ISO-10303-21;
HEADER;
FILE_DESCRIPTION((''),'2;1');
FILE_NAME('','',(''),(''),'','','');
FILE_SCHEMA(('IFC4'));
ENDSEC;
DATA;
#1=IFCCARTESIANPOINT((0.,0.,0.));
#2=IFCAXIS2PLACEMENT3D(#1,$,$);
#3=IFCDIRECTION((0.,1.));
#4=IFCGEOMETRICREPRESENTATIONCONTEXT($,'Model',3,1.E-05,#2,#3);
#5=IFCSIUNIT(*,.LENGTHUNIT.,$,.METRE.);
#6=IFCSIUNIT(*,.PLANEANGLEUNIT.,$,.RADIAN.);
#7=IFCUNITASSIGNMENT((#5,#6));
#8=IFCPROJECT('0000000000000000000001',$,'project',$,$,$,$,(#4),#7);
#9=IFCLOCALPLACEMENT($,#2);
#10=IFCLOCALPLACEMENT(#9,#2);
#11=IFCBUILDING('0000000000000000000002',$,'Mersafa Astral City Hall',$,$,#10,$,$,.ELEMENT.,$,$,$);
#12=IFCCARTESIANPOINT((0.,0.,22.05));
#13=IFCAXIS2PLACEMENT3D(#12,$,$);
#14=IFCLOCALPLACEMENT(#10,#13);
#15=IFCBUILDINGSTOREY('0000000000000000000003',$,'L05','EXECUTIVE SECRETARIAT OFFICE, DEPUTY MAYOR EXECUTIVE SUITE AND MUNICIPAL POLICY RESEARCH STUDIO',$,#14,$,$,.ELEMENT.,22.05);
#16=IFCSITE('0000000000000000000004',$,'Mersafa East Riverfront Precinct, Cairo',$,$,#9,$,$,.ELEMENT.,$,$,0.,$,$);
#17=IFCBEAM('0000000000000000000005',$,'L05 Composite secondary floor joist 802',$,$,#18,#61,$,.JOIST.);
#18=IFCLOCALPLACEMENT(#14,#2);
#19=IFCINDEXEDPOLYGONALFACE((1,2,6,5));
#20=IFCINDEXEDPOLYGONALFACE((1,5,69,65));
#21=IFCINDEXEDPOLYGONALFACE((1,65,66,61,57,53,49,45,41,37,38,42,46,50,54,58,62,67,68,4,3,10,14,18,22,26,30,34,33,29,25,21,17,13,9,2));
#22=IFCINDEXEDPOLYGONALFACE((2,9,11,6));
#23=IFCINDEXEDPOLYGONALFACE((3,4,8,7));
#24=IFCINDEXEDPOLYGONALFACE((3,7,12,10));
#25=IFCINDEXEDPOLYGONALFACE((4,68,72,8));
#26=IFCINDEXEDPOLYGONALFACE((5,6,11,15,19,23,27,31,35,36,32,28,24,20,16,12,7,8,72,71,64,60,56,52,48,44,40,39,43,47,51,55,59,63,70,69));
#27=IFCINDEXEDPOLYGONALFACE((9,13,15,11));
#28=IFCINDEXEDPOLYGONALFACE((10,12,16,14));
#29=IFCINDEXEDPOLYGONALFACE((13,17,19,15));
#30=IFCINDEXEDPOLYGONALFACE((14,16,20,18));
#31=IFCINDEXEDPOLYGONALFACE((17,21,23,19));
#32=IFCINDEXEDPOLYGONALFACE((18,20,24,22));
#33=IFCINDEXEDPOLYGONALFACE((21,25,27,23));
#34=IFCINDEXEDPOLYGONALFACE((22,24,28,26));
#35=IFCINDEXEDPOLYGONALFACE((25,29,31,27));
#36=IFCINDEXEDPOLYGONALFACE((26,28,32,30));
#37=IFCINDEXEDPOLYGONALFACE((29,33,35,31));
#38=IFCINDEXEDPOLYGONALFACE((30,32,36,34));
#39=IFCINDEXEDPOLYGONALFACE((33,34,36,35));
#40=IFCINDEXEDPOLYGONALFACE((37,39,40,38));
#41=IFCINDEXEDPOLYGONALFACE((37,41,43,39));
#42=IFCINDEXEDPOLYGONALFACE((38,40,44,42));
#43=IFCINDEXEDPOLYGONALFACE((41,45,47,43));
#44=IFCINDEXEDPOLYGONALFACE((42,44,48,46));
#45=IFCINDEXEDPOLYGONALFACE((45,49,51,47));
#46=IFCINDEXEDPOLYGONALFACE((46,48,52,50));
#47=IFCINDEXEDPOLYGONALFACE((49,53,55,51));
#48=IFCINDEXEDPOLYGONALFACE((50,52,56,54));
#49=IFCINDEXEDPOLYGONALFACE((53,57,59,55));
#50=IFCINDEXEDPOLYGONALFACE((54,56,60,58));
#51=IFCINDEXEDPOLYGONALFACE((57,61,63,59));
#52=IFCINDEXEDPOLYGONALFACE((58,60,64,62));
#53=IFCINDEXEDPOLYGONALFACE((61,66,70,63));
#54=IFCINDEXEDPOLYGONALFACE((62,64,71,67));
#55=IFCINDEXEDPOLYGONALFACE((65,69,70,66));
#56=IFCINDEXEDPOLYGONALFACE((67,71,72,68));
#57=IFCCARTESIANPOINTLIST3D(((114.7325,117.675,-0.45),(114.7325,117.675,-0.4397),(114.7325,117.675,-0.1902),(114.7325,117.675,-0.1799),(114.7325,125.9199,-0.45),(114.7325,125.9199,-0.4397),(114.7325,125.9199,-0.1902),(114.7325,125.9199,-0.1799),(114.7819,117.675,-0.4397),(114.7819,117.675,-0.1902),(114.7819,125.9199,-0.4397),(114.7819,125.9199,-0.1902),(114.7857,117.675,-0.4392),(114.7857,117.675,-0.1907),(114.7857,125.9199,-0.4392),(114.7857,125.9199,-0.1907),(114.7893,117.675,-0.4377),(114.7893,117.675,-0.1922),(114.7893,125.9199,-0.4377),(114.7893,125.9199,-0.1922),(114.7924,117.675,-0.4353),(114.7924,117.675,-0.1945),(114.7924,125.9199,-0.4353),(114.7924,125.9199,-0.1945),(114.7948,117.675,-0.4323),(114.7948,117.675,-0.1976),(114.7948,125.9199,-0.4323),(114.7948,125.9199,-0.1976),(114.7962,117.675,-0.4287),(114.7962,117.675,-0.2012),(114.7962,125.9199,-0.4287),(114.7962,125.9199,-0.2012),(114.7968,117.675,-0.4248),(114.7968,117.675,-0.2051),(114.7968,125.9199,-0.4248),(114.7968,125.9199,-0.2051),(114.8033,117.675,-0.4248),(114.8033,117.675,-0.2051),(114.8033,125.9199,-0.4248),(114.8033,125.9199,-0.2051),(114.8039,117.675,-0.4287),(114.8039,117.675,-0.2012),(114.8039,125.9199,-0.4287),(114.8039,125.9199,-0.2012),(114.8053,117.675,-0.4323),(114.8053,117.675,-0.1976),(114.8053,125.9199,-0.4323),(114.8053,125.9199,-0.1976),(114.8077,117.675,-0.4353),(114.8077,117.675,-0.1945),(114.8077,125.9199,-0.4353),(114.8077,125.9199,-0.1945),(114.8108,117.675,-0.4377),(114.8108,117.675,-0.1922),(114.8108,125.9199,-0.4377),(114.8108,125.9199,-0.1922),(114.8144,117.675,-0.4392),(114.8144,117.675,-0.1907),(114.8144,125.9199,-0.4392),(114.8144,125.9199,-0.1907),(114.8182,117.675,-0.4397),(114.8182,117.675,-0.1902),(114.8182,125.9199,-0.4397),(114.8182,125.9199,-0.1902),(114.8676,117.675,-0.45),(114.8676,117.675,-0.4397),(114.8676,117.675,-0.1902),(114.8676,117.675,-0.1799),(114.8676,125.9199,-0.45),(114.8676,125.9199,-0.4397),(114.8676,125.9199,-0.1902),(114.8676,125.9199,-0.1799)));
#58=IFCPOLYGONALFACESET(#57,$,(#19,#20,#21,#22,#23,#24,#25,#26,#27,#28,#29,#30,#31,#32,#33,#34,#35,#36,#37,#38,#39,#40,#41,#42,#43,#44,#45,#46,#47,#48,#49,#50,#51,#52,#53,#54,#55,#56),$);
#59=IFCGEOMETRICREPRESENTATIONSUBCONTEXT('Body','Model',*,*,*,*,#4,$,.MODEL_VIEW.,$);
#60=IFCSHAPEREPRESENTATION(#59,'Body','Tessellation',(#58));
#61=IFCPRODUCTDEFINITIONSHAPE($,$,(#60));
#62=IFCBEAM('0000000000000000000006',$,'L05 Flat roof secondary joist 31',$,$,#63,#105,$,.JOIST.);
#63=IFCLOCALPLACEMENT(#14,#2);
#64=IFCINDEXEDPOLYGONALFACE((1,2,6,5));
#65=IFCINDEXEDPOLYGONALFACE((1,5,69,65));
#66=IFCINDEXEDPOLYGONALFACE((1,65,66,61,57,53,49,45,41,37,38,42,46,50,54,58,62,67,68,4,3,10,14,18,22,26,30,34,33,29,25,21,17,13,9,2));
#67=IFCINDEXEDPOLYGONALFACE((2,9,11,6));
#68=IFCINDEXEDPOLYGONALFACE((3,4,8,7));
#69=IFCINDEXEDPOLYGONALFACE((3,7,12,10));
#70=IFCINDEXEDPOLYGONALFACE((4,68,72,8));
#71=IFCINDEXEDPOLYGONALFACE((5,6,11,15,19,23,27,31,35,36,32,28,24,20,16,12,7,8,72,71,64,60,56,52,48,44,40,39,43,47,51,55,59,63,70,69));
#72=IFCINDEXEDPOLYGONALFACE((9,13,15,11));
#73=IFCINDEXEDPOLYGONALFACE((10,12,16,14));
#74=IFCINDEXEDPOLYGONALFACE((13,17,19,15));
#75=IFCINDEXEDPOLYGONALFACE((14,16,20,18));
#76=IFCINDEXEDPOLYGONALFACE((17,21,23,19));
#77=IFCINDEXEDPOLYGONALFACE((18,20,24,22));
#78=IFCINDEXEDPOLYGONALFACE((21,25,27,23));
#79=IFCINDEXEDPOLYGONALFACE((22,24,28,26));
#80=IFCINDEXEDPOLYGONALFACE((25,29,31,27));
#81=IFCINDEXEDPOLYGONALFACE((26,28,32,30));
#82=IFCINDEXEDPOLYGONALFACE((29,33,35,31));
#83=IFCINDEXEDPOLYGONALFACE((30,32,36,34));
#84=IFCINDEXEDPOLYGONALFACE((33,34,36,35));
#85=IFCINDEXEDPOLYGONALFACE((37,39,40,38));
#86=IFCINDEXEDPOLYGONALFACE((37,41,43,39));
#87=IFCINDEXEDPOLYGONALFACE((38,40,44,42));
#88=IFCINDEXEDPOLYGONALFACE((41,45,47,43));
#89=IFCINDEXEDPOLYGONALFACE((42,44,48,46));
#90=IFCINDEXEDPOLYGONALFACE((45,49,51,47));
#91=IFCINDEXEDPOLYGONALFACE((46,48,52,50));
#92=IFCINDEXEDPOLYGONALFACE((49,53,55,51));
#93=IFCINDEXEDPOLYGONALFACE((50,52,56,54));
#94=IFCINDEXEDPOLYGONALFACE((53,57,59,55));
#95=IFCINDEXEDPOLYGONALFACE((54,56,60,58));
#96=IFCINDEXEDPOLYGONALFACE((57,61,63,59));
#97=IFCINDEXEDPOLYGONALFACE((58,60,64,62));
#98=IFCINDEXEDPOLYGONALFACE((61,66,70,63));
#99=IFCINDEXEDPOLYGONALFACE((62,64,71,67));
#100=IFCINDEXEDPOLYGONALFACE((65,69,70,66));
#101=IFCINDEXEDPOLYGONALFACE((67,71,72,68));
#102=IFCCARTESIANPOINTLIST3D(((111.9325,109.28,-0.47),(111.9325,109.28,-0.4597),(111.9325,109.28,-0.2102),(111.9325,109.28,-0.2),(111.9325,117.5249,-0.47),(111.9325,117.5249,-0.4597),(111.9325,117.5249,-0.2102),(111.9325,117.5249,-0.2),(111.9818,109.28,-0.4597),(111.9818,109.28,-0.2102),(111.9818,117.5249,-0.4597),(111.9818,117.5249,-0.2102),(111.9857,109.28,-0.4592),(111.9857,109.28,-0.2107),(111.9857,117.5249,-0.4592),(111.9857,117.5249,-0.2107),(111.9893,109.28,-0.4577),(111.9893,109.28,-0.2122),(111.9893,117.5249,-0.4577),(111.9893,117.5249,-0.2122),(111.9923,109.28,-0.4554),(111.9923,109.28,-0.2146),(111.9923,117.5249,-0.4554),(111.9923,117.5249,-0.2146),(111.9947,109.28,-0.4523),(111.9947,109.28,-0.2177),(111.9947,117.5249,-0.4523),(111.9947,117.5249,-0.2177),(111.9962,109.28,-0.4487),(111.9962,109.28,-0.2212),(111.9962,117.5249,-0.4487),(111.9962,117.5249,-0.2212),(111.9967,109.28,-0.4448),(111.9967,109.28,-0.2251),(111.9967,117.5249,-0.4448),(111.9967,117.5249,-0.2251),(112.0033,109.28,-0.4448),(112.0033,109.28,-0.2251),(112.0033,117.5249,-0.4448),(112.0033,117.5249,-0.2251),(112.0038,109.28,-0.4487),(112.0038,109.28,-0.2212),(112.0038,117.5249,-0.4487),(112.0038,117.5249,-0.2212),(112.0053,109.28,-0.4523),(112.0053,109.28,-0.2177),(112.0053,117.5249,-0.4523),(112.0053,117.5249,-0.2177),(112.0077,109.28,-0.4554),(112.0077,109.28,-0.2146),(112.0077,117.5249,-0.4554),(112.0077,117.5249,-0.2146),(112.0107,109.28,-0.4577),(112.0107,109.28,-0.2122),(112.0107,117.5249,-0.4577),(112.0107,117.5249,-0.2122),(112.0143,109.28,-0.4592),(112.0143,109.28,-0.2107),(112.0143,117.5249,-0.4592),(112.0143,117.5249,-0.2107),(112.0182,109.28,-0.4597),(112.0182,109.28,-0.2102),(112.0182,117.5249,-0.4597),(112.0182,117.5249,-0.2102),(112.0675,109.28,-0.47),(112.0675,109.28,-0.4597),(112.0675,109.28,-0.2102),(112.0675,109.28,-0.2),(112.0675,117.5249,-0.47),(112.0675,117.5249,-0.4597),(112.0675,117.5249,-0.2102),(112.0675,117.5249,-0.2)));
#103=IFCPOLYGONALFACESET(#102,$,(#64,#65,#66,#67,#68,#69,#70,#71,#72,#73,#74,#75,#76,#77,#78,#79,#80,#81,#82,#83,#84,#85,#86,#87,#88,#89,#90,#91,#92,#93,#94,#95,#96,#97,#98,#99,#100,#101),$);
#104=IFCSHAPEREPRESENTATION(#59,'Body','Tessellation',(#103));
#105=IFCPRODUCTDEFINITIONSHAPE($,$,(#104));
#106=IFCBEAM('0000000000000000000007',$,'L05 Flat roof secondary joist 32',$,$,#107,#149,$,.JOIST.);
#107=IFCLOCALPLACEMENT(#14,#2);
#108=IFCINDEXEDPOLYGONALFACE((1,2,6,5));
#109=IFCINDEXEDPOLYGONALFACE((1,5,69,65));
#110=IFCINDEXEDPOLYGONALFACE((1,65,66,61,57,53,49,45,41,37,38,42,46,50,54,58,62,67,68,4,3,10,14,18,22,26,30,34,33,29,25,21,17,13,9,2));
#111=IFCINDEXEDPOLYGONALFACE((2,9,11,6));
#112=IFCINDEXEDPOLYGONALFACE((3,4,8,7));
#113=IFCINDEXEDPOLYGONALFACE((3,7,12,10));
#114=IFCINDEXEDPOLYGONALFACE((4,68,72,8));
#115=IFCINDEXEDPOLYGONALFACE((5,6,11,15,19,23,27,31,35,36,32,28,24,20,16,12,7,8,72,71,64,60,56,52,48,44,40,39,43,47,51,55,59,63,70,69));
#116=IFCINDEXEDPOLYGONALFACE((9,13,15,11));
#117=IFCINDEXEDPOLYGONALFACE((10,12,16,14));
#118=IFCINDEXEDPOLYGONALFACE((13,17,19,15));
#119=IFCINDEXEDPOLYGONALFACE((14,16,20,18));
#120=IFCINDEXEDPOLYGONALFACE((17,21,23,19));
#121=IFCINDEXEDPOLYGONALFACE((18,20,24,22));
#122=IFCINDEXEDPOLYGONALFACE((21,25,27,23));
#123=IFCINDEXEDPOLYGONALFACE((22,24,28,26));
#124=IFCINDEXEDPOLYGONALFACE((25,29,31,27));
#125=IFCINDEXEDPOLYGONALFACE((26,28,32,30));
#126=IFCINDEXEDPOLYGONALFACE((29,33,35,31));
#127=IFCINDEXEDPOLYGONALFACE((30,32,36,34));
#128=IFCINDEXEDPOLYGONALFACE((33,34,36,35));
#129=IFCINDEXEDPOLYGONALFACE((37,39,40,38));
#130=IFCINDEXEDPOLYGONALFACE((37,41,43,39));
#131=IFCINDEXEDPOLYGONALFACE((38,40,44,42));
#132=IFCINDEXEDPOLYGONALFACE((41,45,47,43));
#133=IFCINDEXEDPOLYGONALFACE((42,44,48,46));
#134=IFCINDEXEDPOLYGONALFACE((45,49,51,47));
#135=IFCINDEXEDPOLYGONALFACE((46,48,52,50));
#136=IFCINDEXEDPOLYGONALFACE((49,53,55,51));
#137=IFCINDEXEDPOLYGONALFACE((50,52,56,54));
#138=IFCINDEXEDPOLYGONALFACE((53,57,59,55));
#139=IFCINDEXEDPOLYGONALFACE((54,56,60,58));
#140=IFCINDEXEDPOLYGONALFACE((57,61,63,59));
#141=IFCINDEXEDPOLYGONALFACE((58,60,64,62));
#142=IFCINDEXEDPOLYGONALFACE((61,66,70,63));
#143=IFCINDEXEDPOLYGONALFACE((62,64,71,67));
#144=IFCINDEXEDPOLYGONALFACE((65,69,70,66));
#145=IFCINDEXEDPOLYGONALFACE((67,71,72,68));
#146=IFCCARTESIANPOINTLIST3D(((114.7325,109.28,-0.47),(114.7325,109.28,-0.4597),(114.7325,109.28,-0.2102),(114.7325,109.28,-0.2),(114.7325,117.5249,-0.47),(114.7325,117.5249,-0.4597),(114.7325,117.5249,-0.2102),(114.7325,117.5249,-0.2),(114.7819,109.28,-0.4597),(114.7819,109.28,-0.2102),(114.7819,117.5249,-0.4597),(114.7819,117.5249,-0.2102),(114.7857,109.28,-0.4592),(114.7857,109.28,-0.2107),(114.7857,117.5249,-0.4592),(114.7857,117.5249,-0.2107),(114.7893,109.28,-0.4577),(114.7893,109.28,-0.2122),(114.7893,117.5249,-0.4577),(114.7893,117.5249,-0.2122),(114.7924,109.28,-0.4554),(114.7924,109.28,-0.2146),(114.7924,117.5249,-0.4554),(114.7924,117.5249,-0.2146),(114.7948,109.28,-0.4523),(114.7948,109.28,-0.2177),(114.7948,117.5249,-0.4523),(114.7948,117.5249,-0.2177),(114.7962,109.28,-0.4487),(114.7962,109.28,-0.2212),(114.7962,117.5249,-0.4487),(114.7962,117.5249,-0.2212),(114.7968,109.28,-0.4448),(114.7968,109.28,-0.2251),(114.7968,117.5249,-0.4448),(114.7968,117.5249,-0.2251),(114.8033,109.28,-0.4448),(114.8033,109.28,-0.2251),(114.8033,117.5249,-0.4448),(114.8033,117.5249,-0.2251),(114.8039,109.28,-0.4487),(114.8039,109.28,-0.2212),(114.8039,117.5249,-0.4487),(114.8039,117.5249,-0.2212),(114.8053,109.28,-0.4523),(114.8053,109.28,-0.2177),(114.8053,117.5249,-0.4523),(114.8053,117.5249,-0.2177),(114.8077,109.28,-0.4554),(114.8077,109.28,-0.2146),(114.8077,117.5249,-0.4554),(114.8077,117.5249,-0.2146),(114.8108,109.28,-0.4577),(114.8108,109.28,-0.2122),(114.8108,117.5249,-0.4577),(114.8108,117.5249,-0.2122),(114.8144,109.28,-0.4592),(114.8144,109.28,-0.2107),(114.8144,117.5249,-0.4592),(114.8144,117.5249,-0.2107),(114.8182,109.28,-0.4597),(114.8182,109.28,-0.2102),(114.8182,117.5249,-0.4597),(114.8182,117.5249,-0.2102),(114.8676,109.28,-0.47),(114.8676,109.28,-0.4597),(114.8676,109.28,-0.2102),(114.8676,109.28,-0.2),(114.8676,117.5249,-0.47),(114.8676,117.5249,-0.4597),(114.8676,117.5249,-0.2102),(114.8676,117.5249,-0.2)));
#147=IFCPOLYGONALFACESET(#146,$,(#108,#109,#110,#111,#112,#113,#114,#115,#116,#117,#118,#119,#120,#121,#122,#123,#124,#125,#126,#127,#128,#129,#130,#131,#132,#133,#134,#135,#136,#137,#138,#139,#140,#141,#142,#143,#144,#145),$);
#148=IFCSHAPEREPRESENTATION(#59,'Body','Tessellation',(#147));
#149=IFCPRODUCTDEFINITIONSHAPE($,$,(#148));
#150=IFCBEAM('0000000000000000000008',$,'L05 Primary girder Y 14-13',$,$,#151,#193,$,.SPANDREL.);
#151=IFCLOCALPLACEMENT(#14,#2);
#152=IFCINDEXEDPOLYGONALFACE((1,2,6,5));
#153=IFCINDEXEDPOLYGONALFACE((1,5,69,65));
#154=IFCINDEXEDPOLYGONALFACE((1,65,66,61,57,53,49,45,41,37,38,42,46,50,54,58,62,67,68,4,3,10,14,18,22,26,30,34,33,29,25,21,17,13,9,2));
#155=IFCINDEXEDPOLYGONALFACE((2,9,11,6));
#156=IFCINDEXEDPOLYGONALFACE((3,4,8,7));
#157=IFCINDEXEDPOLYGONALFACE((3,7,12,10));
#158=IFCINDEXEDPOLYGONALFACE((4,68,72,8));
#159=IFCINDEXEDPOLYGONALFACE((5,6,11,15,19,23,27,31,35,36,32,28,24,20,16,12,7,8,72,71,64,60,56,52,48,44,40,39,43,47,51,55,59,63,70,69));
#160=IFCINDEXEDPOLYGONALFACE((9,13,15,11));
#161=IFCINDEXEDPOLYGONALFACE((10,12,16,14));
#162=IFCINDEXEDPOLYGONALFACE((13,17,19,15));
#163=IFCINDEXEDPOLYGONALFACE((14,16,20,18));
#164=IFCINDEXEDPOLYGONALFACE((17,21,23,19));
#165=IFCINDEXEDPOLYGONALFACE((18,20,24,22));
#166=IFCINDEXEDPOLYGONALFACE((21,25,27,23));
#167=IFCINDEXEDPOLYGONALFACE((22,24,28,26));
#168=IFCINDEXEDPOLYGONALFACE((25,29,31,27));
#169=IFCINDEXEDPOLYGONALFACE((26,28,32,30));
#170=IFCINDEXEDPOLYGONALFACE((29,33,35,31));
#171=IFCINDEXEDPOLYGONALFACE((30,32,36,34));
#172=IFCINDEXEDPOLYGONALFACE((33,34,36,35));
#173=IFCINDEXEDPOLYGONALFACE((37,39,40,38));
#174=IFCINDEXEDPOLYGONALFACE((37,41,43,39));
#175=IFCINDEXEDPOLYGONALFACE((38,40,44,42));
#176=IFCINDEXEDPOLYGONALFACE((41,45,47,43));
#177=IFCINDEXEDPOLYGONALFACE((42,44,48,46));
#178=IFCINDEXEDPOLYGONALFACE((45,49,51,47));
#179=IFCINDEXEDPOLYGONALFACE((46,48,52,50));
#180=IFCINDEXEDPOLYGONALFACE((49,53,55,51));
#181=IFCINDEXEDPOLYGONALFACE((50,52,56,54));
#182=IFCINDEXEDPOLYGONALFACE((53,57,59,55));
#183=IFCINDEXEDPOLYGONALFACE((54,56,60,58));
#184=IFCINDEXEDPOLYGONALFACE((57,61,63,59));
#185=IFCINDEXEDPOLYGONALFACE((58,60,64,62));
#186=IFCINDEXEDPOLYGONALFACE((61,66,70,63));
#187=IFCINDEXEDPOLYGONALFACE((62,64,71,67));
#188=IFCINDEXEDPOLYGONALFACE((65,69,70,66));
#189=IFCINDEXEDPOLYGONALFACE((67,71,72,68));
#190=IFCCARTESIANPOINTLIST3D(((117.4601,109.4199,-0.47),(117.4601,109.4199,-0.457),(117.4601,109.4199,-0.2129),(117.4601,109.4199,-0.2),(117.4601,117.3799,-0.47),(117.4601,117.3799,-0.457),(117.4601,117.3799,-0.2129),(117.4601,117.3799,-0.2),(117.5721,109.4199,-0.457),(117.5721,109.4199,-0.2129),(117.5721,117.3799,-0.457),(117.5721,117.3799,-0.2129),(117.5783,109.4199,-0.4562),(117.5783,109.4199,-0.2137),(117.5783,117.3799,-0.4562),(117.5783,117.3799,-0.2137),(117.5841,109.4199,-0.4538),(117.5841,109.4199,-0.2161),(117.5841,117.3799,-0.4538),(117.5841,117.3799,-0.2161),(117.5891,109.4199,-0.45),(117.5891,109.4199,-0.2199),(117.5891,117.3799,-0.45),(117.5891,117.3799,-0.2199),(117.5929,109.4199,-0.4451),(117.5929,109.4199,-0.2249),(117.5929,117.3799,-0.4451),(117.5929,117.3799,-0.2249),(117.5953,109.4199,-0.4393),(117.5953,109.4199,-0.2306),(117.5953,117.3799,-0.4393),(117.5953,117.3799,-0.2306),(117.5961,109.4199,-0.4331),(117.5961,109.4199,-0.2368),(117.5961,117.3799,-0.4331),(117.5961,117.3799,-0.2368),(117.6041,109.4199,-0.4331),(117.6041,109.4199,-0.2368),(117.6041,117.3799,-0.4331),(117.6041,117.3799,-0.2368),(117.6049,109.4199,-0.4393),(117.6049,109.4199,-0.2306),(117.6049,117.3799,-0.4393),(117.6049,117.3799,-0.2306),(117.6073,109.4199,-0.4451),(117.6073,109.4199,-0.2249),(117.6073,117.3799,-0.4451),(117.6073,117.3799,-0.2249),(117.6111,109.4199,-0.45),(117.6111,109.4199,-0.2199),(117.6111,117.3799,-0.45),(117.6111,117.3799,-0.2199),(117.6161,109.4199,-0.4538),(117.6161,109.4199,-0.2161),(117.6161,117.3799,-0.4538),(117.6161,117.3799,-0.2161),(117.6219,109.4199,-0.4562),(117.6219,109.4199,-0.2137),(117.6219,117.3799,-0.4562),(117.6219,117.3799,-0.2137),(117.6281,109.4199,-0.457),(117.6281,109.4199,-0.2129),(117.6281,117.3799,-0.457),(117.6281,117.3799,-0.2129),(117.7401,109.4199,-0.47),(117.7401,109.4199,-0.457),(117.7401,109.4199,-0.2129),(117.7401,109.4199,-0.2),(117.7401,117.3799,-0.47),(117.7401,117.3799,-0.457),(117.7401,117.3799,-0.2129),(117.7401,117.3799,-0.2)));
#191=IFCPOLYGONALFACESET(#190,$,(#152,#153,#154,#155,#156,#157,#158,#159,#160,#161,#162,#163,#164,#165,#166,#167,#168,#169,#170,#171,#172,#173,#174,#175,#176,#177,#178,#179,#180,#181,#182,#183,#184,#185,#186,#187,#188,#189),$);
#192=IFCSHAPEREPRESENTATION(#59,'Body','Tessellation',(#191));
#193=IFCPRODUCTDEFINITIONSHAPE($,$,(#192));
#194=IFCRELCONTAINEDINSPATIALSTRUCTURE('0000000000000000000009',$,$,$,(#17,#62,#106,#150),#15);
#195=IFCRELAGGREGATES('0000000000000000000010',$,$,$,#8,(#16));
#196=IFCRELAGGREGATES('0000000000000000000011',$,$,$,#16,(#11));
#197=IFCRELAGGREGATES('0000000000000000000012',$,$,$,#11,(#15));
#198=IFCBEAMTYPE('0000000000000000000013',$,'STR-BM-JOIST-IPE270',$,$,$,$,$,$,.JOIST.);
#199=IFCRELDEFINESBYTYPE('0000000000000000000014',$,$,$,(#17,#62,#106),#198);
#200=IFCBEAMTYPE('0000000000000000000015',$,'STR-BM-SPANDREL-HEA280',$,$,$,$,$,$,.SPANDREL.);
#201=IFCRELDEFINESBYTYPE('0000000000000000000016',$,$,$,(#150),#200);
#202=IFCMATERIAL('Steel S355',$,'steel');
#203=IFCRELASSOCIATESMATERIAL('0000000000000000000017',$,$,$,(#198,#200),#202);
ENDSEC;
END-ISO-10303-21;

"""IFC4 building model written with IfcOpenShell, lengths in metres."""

from ifc_helpers import new_model, si_unit, direction, frame, origin, origin_2d, place, context, subcontext, project, spatial, i_section, extrude, material, material_profile, profile_set, type_object, element, save


model = new_model("IFC4")

# Units and contexts
model_context = context("Model", 3, precision=1e-05, world=origin(), true_north=direction((0.0, 1.0)))
body_context = subcontext(model_context, "Body", "Model", "MODEL_VIEW")
ifc_project = project(units=[si_unit("LENGTHUNIT", "METRE"), si_unit("PLANEANGLEUNIT", "RADIAN")], contexts=[model_context])

# Site, building, storey
site_placement = place(None, origin())
site = spatial("IfcSite", under=ifc_project, at=site_placement, Name="Mersafa East Riverfront Precinct, Cairo", CompositionType="ELEMENT", RefElevation=0.0)
building_placement = place(site_placement, origin())
building = spatial("IfcBuilding", under=site, at=building_placement, Name="Mersafa Astral City Hall", CompositionType="ELEMENT")
storey_placement = place(building_placement, frame((0.0, 0.0, 22.05)))
storey = spatial("IfcBuildingStorey", under=building, at=storey_placement, Name="L05", Description="EXECUTIVE SECRETARIAT OFFICE, DEPUTY MAYOR EXECUTIVE SUITE AND MUNICIPAL POLICY RESEARCH STUDIO", CompositionType="ELEMENT", Elevation=22.05)

# Shared definitions
ifc_material_1 = material(Name="Steel S355", Category="steel")

# Beams
ifc_material_profile_1 = material_profile(ifc_material_1, i_section(OverallWidth=0.135, OverallDepth=0.27, WebThickness=0.0066, FlangeThickness=0.0103, FilletRadius=0.0149, at=origin_2d()), Name="IPE 270")
ifc_profile_set_1 = profile_set([ifc_material_profile_1], Name="Steel S355")
beam_type_1 = type_object("IfcBeamType", Name="STR-BM-JOIST-IPE270", PredefinedType="JOIST", material=ifc_profile_set_1)
for number, where, z_axis, x_axis, name in (
    (1, (114.8, 117.675, -0.3149), (0.0, 1.0, 0.0), (-1.0, 0.0, 0.0), "L05 Composite secondary floor joist 802"),
    (2, (112.0, 109.28, -0.335), (0.0, 1.0, 0.0), (-1.0, 0.0, 0.0), "L05 Flat roof secondary joist 31"),
    (3, (114.8, 109.28, -0.335), (0.0, 1.0, 0.0), (-1.0, 0.0, 0.0), "L05 Flat roof secondary joist 32"),
):
    element("IfcBeam", number, at=place(storey_placement, frame(where, z_axis=z_axis, x_axis=x_axis)), inside=storey, type_object=beam_type_1, Name=name, PredefinedType="JOIST", context=body_context, shape_type="SweptSolid", body=[
        extrude(i_section(OverallWidth=0.135, OverallDepth=0.27, WebThickness=0.0066, FlangeThickness=0.0103, FilletRadius=0.0149, at=origin_2d()), origin(), (0.0, 0.0, 1.0), 8.2449),
    ])
ifc_material_profile_2 = material_profile(ifc_material_1, i_section(OverallWidth=0.28, OverallDepth=0.27, WebThickness=0.0081, FlangeThickness=0.0129, FilletRadius=0.0239, at=origin_2d()), Name="HEA 280")
ifc_profile_set_2 = profile_set([ifc_material_profile_2], Name="Steel S355")
beam_type_2 = type_object("IfcBeamType", Name="STR-BM-SPANDREL-HEA280", PredefinedType="SPANDREL", material=ifc_profile_set_2)
beam_1_placement = place(storey_placement, frame((117.6001, 109.4199, -0.335), z_axis=(0.0, 1.0, 0.0), x_axis=(-1.0, 0.0, 0.0)))
element("IfcBeam", 4, at=beam_1_placement, inside=storey, type_object=beam_type_2, Name="L05 Primary girder Y 14-13", PredefinedType="SPANDREL", context=body_context, shape_type="SweptSolid", body=[
    extrude(i_section(OverallWidth=0.28, OverallDepth=0.27, WebThickness=0.0081, FlangeThickness=0.0129, FilletRadius=0.0239, at=origin_2d()), origin(), (0.0, 0.0, 1.0), 7.96),
])

save(model, "model.ifc")
